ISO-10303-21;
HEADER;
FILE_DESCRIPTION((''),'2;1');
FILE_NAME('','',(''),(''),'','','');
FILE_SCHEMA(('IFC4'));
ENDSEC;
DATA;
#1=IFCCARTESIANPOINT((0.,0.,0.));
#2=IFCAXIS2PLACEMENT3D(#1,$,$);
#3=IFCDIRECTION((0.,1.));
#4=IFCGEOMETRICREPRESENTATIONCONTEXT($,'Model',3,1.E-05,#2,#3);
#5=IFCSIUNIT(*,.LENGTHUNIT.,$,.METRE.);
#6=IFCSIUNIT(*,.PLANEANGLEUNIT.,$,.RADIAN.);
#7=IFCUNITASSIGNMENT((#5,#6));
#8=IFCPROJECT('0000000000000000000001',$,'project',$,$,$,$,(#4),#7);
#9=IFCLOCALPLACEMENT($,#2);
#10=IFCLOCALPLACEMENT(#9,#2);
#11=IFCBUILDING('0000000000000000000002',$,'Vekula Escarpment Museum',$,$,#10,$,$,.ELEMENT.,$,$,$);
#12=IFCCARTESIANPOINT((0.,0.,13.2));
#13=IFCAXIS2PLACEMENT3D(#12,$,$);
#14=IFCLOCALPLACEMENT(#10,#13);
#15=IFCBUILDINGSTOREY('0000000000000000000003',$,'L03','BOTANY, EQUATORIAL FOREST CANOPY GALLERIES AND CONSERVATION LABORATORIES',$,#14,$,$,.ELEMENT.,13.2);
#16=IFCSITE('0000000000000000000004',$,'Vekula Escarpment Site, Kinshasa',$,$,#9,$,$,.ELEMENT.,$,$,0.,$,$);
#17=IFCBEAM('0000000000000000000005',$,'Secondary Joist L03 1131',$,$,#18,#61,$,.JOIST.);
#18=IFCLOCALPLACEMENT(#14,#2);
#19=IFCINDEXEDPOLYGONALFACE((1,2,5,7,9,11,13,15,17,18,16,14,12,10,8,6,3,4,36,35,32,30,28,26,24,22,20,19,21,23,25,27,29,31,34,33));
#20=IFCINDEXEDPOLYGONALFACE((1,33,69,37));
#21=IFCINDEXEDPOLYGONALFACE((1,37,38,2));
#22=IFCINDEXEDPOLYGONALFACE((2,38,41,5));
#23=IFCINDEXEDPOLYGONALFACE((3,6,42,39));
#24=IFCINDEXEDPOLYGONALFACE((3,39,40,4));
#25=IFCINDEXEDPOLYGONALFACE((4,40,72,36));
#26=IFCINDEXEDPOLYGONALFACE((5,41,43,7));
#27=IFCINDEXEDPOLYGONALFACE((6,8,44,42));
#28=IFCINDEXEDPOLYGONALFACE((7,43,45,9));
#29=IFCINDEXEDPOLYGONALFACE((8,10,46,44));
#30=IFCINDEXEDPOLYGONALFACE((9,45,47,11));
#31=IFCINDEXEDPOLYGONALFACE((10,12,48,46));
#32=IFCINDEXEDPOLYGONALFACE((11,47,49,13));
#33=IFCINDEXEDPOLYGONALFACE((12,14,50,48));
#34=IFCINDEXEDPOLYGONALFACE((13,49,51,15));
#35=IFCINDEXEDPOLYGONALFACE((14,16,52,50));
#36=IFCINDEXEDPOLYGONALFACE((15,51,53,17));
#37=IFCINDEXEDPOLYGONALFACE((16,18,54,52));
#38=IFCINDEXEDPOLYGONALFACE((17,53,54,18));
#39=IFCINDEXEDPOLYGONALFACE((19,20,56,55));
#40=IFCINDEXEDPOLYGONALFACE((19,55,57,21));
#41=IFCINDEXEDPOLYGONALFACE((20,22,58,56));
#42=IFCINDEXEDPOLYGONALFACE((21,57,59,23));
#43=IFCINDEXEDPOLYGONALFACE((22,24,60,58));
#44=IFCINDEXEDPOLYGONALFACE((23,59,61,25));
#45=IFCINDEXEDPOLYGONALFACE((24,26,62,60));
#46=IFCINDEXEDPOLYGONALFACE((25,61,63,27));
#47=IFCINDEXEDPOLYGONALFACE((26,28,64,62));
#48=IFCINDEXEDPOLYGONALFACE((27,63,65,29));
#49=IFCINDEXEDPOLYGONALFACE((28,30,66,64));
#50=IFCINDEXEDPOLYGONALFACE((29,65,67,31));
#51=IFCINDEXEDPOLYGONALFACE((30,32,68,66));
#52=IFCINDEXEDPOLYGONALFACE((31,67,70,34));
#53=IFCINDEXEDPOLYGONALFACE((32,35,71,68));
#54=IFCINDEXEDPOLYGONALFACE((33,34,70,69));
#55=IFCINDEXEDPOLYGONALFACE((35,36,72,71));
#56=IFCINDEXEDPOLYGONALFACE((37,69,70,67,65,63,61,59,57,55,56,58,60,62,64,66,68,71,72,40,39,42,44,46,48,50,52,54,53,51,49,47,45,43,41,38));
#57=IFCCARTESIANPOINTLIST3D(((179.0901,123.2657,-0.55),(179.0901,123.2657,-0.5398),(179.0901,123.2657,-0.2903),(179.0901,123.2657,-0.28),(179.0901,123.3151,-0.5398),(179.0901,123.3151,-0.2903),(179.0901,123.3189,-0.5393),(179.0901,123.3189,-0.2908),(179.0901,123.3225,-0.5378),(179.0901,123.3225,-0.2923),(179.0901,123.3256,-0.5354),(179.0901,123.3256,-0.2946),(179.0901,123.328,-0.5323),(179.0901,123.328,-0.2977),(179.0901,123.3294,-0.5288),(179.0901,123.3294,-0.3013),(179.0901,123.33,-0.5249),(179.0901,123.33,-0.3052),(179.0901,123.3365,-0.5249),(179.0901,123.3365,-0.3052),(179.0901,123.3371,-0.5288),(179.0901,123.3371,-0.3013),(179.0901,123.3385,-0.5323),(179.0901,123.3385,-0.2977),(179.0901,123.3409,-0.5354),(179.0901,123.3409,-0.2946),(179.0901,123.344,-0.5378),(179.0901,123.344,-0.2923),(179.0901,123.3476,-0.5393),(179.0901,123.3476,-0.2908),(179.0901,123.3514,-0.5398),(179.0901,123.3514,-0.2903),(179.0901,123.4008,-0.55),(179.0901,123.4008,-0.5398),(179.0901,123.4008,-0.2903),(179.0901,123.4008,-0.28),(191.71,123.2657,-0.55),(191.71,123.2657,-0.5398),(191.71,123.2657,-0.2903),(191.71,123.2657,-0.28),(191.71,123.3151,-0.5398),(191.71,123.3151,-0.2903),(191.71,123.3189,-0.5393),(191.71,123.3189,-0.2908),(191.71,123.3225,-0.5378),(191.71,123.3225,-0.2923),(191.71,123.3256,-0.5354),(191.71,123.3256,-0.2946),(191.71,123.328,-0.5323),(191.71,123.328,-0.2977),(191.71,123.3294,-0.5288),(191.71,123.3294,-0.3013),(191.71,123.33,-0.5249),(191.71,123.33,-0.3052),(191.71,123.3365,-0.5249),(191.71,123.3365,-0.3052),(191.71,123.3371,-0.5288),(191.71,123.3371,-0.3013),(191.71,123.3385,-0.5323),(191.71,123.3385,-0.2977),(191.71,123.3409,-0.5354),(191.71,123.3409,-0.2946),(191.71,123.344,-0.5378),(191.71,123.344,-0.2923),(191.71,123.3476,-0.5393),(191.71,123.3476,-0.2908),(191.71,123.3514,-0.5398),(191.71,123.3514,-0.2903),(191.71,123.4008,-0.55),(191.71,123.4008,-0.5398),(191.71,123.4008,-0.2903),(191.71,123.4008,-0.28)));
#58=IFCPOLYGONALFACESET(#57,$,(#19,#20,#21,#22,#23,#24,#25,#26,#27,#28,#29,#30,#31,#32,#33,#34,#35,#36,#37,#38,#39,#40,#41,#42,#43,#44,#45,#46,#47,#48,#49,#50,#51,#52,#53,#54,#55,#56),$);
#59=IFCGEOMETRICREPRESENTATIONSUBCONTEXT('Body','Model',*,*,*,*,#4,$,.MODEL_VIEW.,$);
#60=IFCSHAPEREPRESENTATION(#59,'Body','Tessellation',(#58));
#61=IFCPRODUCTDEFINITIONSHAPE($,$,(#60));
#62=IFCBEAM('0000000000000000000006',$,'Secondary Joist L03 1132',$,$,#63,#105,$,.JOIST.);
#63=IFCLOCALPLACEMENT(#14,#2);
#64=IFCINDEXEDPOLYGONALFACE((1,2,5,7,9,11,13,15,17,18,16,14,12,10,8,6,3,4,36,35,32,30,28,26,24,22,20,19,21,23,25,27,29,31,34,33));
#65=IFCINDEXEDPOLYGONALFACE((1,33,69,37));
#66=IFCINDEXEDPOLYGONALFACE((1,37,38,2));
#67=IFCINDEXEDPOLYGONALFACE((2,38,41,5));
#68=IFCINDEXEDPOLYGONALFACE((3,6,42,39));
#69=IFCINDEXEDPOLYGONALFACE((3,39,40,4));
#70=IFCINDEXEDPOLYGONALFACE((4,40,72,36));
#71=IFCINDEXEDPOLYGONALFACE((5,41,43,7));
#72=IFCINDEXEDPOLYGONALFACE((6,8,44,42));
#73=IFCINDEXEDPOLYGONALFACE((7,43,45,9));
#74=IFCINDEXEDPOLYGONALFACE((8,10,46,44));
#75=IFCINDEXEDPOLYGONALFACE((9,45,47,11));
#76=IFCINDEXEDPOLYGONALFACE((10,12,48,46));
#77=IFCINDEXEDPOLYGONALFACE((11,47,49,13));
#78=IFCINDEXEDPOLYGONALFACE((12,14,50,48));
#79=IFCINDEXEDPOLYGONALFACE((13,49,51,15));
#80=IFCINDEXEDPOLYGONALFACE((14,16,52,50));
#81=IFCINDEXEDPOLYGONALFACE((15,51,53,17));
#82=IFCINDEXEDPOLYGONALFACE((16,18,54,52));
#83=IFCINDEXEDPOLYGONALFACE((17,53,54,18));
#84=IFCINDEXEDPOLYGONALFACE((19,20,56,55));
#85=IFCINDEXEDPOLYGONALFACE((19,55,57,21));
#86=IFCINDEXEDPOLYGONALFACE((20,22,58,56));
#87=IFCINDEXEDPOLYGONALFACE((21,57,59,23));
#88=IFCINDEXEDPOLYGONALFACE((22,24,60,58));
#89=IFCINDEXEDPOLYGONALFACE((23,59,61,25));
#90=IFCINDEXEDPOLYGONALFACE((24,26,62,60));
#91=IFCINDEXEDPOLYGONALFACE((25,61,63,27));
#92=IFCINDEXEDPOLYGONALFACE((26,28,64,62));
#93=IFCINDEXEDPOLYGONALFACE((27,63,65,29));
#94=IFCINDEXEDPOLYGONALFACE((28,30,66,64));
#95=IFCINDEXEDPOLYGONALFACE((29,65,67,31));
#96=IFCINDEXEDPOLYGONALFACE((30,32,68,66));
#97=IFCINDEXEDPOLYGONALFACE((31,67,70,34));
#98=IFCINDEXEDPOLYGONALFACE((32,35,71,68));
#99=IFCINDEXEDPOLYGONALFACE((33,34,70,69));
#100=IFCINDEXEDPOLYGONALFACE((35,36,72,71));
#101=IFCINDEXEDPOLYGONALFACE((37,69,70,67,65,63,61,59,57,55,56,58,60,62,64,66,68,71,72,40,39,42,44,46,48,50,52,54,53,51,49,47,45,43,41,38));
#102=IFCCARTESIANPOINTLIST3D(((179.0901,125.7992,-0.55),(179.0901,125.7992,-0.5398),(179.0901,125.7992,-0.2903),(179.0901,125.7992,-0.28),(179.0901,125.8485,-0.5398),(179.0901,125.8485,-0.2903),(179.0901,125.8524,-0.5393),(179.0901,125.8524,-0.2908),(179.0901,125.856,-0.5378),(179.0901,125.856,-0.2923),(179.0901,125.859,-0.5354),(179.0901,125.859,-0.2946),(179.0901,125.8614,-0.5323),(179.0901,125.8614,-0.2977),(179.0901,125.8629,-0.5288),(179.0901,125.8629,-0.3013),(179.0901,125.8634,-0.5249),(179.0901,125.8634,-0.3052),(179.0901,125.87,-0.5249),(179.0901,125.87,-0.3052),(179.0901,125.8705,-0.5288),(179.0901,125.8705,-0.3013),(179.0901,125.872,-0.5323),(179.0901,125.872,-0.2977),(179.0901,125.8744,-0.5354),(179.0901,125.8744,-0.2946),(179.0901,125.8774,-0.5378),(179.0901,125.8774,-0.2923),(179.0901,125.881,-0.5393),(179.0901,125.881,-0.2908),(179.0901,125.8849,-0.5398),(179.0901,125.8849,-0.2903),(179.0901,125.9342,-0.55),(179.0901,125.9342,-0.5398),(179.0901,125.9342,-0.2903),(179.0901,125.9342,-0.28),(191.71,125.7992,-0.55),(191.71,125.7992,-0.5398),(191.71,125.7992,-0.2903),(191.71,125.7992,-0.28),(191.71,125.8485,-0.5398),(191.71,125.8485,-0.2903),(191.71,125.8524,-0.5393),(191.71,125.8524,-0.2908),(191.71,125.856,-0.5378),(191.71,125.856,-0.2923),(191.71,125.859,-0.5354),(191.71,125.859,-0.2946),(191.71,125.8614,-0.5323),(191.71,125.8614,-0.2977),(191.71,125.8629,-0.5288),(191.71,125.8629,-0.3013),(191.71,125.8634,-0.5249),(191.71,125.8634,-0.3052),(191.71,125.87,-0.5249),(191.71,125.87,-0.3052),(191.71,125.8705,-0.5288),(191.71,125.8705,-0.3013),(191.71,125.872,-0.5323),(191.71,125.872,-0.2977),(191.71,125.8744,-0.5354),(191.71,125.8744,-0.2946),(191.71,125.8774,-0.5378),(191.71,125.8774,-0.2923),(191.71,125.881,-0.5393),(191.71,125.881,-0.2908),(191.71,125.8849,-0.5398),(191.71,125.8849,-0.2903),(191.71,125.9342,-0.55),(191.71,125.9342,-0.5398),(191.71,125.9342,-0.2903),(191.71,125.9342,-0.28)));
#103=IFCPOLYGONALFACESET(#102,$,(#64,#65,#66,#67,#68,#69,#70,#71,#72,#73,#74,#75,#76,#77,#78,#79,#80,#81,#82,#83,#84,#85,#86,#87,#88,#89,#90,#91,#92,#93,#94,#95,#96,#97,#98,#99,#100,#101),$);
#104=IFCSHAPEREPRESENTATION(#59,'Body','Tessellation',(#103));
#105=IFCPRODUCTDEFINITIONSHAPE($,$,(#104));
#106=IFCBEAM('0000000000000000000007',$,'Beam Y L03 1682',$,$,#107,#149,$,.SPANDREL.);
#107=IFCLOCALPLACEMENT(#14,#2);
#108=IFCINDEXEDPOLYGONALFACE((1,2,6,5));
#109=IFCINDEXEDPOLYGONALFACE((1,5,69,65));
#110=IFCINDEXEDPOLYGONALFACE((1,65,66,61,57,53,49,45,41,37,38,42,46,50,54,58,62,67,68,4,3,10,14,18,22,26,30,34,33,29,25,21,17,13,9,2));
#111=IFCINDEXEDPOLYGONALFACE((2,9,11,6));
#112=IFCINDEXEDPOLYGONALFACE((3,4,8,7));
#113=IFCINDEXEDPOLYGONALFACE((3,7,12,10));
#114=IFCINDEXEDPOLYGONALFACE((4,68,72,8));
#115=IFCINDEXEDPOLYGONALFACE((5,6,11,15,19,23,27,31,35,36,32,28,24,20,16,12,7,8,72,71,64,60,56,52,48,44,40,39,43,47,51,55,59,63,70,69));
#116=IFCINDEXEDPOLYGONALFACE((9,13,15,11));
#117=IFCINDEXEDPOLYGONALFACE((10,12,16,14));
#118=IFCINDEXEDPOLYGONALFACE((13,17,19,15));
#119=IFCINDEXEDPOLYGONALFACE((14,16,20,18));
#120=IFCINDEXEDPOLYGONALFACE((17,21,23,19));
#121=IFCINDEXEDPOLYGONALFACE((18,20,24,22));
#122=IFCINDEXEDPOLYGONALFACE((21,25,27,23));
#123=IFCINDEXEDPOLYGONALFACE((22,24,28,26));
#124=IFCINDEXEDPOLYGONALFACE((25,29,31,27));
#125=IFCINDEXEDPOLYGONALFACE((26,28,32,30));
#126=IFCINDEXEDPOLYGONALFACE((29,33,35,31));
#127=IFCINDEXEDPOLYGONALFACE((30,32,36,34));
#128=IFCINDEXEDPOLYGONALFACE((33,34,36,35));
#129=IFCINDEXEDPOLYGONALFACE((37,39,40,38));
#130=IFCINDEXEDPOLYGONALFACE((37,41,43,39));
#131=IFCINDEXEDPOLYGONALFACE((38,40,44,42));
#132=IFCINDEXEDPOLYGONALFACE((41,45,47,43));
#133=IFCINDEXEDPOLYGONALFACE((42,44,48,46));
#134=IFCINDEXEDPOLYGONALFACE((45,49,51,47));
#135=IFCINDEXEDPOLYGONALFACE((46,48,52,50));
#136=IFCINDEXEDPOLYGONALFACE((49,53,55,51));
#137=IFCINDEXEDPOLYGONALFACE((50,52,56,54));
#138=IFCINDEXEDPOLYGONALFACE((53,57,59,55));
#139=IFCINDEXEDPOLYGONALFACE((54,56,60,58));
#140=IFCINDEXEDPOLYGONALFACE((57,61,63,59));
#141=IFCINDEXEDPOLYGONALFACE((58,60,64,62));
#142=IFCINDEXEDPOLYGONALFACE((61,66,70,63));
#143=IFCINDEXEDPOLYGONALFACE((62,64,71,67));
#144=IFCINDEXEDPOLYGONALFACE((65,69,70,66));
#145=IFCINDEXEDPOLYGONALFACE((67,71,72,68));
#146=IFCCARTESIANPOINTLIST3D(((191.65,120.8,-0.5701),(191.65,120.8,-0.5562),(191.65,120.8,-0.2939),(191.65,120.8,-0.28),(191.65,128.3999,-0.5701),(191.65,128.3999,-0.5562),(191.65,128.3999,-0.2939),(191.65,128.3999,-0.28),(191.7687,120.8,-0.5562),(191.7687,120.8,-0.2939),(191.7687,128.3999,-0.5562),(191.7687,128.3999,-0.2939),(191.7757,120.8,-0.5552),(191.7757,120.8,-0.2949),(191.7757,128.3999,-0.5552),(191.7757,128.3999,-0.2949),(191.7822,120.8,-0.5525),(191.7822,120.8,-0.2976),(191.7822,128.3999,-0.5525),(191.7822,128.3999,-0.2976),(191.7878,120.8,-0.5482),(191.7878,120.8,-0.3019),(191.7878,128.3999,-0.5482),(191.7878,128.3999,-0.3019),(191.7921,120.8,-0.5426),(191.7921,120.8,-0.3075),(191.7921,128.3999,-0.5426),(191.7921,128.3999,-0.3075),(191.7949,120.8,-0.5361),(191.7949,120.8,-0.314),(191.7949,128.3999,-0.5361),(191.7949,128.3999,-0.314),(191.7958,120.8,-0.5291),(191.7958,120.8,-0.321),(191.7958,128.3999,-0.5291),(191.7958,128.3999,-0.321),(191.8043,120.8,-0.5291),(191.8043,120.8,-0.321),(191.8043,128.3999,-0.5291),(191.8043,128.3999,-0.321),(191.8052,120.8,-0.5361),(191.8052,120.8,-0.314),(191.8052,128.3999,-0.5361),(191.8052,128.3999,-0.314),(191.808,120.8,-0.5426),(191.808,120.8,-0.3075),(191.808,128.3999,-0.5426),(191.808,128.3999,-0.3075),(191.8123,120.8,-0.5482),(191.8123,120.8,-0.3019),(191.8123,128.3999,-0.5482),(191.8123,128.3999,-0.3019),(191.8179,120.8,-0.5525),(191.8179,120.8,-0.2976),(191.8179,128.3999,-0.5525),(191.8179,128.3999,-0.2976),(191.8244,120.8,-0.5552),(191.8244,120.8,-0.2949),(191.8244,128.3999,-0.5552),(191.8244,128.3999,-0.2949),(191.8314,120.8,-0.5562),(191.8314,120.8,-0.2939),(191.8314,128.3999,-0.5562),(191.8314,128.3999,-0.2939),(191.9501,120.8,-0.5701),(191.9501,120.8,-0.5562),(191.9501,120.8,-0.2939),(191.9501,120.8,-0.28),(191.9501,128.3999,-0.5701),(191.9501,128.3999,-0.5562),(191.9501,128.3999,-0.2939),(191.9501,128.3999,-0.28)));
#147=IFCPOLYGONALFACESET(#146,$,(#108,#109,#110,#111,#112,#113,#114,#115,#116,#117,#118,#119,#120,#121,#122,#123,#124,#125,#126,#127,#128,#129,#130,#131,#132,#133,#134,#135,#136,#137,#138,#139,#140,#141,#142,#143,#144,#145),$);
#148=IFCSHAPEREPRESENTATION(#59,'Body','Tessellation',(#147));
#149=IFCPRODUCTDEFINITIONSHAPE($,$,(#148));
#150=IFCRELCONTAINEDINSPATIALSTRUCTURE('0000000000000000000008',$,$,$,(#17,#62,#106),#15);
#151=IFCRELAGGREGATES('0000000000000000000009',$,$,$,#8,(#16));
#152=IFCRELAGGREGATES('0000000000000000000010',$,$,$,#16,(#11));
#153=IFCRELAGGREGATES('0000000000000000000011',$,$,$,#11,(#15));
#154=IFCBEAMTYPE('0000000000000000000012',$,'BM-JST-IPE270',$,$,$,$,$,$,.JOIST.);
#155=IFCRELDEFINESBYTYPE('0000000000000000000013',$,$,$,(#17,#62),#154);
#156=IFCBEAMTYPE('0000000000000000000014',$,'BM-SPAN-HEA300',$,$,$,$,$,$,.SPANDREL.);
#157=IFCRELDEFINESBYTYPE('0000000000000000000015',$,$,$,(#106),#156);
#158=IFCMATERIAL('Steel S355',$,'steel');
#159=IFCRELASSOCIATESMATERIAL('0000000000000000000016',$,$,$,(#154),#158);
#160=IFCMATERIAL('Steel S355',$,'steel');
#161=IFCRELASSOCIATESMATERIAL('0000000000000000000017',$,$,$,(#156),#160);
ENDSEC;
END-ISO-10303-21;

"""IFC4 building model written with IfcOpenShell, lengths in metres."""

from ifc_helpers import new_model, si_unit, direction, frame, origin, origin_2d, place, context, subcontext, project, spatial, i_section, extrude, material, material_profile, profile_set, type_object, element, save


model = new_model("IFC4")

# Units and contexts
model_context = context("Model", 3, precision=1e-05, world=origin(), true_north=direction((0.0, 1.0)))
body_context = subcontext(model_context, "Body", "Model", "MODEL_VIEW")
ifc_project = project(units=[si_unit("LENGTHUNIT", "METRE"), si_unit("PLANEANGLEUNIT", "RADIAN")], contexts=[model_context])

# Site, building, storey
site_placement = place(None, origin())
site = spatial("IfcSite", under=ifc_project, at=site_placement, Name="Vekula Escarpment Site, Kinshasa", CompositionType="ELEMENT", RefElevation=0.0)
building_placement = place(site_placement, origin())
building = spatial("IfcBuilding", under=site, at=building_placement, Name="Vekula Escarpment Museum", CompositionType="ELEMENT")
storey_placement = place(building_placement, frame((0.0, 0.0, 13.2)))
storey = spatial("IfcBuildingStorey", under=building, at=storey_placement, Name="L03", Description="BOTANY, EQUATORIAL FOREST CANOPY GALLERIES AND CONSERVATION LABORATORIES", CompositionType="ELEMENT", Elevation=13.2)

# Beams
ifc_material_1 = material(Name="Steel S355", Category="steel")
ifc_material_profile_1 = material_profile(ifc_material_1, i_section(OverallWidth=0.135, OverallDepth=0.27, WebThickness=0.0066, FlangeThickness=0.0103, FilletRadius=0.0149, at=origin_2d()), Name="IPE 270")
ifc_profile_set_1 = profile_set([ifc_material_profile_1], Name="Steel S355")
beam_type_1 = type_object("IfcBeamType", Name="BM-JST-IPE270", PredefinedType="JOIST", material=ifc_profile_set_1)
for number, where, z_axis, x_axis, name in (
    (1, (179.0901, 123.3333, -0.415), (1.0, 0.0, 0.0), (0.0, 1.0, 0.0), "Secondary Joist L03 1131"),
    (2, (179.0901, 125.8667, -0.415), (1.0, 0.0, 0.0), (0.0, 1.0, 0.0), "Secondary Joist L03 1132"),
):
    element("IfcBeam", number, at=place(storey_placement, frame(where, z_axis=z_axis, x_axis=x_axis)), inside=storey, type_object=beam_type_1, Name=name, PredefinedType="JOIST", context=body_context, shape_type="SweptSolid", body=[
        extrude(i_section(OverallWidth=0.135, OverallDepth=0.27, WebThickness=0.0066, FlangeThickness=0.0103, FilletRadius=0.0149, at=origin_2d()), origin(), (0.0, 0.0, 1.0), 12.6199),
    ])
ifc_material_2 = material(Name="Steel S355", Category="steel")
ifc_material_profile_2 = material_profile(ifc_material_2, i_section(OverallWidth=0.3, OverallDepth=0.29, WebThickness=0.0085, FlangeThickness=0.0139, FilletRadius=0.0271, at=origin_2d()), Name="HEA 300")
ifc_profile_set_2 = profile_set([ifc_material_profile_2], Name="Steel S355")
beam_type_2 = type_object("IfcBeamType", Name="BM-SPAN-HEA300", PredefinedType="SPANDREL", material=ifc_profile_set_2)
beam_placement = place(storey_placement, frame((191.8, 120.8, -0.425), z_axis=(0.0, 1.0, 0.0), x_axis=(-1.0, 0.0, 0.0)))
element("IfcBeam", 3, at=beam_placement, inside=storey, type_object=beam_type_2, Name="Beam Y L03 1682", PredefinedType="SPANDREL", context=body_context, shape_type="SweptSolid", body=[
    extrude(i_section(OverallWidth=0.3, OverallDepth=0.29, WebThickness=0.0085, FlangeThickness=0.0139, FilletRadius=0.0271, at=origin_2d()), origin(), (0.0, 0.0, 1.0), 7.5999),
])

save(model, "model.ifc")
